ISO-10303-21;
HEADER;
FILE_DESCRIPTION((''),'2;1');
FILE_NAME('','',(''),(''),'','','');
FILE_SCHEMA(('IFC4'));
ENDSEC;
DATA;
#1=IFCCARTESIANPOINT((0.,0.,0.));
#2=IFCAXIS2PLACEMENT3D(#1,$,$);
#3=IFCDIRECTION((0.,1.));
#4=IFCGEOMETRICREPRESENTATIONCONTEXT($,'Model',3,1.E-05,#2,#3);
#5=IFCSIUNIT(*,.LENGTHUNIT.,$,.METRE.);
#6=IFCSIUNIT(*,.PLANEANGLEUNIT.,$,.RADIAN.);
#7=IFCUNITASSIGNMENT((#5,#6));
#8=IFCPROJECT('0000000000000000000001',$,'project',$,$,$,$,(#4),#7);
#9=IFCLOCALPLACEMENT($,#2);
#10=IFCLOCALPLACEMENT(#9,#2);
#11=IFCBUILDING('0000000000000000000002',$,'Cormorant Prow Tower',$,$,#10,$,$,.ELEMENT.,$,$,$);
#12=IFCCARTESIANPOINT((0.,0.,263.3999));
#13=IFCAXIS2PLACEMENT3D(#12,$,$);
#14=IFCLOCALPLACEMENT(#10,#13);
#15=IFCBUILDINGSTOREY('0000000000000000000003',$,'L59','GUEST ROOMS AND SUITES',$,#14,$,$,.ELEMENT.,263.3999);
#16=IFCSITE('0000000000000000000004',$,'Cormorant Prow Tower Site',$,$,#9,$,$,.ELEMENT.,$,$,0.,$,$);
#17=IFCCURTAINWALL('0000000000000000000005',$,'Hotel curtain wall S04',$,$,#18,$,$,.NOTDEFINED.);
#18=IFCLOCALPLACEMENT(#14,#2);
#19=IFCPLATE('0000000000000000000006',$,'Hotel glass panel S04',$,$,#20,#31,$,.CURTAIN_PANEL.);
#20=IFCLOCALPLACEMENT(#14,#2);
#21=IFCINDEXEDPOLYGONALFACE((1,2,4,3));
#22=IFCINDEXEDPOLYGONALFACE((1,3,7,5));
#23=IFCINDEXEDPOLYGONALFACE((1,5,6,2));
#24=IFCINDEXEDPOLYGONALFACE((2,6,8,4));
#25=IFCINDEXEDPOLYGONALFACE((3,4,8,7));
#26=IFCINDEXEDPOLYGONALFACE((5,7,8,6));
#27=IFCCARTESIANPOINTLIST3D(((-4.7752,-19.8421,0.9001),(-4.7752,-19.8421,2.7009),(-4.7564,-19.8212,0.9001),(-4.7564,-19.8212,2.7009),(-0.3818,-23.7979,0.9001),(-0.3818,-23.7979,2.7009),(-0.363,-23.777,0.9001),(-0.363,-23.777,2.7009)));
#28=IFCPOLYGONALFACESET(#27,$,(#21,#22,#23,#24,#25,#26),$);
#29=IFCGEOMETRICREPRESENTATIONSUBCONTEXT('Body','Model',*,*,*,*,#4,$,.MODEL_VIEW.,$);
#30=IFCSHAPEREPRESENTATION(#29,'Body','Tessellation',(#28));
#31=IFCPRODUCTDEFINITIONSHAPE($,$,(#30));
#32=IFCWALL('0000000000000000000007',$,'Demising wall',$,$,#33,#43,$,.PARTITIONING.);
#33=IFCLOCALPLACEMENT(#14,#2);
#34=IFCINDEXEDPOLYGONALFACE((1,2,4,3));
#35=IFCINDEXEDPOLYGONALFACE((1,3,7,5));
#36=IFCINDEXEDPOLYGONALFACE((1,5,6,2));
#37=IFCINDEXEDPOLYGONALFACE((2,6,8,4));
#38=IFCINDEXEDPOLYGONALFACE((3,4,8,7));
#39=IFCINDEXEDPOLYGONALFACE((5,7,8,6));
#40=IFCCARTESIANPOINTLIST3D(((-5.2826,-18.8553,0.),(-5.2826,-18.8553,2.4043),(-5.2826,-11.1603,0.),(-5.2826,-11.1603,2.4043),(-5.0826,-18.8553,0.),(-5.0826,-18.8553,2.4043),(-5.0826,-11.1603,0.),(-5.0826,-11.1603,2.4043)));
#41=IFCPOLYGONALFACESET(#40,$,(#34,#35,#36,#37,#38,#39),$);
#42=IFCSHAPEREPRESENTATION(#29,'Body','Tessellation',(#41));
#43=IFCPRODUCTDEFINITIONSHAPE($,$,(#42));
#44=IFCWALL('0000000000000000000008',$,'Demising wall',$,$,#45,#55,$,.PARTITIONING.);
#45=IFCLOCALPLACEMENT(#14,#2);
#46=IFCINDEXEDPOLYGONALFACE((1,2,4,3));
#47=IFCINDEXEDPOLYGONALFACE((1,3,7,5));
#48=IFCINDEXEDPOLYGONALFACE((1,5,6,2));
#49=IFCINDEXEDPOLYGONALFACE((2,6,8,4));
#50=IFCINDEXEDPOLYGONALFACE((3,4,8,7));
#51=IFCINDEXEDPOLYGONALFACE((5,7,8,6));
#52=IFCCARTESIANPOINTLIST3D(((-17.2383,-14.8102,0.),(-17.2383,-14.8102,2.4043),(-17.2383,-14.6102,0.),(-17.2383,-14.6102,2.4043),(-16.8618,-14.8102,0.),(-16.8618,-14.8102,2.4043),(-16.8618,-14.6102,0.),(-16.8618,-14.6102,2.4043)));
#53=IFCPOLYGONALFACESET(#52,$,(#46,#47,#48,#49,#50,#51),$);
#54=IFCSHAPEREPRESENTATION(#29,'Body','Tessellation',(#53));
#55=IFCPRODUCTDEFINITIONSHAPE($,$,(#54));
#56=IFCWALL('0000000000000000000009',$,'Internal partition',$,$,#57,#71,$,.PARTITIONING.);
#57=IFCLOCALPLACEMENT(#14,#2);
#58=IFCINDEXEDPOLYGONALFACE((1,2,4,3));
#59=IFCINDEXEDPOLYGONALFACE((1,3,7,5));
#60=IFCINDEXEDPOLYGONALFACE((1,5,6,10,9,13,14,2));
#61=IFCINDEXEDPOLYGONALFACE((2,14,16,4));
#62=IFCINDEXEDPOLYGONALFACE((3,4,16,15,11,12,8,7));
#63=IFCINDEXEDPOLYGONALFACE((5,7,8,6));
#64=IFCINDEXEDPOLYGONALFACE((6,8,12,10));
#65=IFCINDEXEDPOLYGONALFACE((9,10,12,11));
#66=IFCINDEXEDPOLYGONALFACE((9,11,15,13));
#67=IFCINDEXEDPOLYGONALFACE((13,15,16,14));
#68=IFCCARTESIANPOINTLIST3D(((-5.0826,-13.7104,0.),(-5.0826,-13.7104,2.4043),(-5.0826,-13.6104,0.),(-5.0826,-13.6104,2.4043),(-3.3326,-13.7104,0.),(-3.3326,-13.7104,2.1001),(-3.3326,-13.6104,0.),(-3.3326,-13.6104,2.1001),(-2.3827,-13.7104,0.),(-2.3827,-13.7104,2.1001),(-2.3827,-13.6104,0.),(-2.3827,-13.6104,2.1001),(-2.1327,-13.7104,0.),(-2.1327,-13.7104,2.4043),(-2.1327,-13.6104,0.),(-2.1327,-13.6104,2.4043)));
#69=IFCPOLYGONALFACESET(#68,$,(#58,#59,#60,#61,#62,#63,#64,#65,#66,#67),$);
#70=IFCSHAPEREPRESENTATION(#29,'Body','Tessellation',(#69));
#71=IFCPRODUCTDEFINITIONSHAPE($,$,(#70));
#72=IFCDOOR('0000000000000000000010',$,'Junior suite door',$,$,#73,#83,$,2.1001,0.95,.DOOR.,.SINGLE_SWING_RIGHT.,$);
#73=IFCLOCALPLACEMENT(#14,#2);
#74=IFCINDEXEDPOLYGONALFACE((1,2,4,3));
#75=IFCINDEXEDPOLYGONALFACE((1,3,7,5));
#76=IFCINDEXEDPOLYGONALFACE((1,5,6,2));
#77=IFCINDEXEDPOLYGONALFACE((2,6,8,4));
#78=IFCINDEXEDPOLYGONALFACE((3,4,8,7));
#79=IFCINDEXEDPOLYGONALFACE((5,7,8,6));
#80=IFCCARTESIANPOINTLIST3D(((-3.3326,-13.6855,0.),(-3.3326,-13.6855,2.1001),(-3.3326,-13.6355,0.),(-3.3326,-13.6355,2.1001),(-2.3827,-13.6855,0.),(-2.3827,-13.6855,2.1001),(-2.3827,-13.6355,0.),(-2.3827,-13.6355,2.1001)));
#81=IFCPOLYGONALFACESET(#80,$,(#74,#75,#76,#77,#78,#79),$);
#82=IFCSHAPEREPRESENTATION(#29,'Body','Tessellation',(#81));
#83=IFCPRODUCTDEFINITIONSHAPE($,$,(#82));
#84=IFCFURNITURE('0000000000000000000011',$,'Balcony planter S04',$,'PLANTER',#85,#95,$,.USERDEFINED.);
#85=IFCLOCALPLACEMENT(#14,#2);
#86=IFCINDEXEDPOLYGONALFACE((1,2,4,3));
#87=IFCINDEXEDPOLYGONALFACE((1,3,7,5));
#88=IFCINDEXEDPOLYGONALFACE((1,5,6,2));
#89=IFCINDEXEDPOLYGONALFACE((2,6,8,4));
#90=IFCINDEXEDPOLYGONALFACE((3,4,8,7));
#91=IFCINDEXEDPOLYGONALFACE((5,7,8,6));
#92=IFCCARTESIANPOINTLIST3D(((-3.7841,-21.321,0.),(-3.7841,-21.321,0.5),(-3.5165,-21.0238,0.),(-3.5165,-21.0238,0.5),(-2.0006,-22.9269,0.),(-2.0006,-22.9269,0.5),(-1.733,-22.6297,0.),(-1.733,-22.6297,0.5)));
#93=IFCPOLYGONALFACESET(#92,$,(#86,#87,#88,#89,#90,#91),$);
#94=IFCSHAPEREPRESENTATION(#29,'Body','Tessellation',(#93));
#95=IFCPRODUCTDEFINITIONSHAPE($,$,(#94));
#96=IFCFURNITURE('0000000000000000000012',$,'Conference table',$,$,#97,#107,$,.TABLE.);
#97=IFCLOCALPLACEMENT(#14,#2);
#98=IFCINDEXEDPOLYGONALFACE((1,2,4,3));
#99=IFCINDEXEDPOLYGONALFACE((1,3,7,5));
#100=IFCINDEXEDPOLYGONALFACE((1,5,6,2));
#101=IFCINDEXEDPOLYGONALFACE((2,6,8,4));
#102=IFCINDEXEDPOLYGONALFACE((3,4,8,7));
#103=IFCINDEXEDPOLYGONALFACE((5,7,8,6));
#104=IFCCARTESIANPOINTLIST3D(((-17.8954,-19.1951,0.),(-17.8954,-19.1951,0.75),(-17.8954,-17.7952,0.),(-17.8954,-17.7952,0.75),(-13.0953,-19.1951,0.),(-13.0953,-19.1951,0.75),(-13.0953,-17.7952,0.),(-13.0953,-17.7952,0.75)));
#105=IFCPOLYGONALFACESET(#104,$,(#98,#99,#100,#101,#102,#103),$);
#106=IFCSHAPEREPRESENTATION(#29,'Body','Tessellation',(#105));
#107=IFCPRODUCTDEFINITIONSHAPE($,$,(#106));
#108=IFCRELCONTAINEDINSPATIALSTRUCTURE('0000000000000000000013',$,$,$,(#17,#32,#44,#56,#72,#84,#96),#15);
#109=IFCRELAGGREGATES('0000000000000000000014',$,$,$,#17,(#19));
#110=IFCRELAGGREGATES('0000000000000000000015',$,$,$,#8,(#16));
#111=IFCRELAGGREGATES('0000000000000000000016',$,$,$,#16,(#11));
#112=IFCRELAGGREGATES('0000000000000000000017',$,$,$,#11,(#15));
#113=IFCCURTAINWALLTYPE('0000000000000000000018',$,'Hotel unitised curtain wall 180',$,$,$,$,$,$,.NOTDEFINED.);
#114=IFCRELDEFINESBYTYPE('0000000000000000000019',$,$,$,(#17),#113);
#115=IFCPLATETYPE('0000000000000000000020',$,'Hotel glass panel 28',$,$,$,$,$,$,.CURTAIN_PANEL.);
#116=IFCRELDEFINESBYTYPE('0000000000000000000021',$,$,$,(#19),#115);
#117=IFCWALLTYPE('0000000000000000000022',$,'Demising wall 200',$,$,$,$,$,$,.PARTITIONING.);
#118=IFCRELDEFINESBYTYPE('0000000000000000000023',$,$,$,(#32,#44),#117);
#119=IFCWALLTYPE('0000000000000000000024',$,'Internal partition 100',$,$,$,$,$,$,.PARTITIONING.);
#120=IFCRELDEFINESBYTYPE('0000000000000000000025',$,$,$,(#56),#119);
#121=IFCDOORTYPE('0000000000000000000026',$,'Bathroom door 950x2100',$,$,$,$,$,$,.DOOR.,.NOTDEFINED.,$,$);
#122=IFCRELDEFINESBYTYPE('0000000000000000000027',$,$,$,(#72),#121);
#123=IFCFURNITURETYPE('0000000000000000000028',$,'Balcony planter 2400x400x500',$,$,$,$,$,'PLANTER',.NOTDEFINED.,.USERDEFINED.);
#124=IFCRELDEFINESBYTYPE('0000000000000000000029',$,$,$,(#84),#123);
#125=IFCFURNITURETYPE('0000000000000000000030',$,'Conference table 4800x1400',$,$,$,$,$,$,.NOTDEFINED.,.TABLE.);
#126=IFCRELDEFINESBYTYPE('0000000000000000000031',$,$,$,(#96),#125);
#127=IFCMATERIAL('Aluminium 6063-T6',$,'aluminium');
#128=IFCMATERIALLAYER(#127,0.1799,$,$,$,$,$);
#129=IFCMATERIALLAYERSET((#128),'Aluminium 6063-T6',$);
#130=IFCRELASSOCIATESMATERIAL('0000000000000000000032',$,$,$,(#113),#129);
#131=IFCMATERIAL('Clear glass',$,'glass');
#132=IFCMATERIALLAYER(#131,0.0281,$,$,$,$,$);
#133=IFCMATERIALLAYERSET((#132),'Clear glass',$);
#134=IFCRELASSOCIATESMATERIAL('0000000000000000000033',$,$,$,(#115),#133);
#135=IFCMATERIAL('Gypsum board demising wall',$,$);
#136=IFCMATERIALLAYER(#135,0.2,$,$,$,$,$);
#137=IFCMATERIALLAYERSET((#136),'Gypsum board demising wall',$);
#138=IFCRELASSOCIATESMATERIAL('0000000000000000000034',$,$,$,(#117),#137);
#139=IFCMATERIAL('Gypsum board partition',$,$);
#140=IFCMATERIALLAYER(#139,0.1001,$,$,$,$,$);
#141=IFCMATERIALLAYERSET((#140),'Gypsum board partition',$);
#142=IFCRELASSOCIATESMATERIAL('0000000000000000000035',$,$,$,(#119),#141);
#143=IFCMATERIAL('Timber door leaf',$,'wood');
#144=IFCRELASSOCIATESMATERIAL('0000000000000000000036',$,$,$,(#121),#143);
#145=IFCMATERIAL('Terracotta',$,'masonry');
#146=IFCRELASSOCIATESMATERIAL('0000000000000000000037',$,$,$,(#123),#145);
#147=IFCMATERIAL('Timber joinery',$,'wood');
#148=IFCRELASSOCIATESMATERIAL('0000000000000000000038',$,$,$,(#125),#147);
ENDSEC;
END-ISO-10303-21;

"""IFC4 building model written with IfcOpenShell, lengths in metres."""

from ifc_helpers import new_model, si_unit, direction, frame, frame_2d, origin, origin_2d, place, context, subcontext, project, spatial, rectangle, extrude, material, layer, layer_set, type_object, element, fill, aggregate, save


model = new_model("IFC4")

# Units and contexts
model_context = context("Model", 3, precision=1e-05, world=origin(), true_north=direction((0.0, 1.0)))
body_context = subcontext(model_context, "Body", "Model", "MODEL_VIEW")
ifc_project = project(units=[si_unit("LENGTHUNIT", "METRE"), si_unit("PLANEANGLEUNIT", "RADIAN")], contexts=[model_context])

# Site, building, storey
site_placement = place(None, origin())
site = spatial("IfcSite", under=ifc_project, at=site_placement, Name="Cormorant Prow Tower Site", CompositionType="ELEMENT", RefElevation=0.0)
building_placement = place(site_placement, origin())
building = spatial("IfcBuilding", under=site, at=building_placement, Name="Cormorant Prow Tower", CompositionType="ELEMENT")
storey_placement = place(building_placement, frame((0.0, 0.0, 263.3999)))
storey = spatial("IfcBuildingStorey", under=building, at=storey_placement, Name="L59", Description="GUEST ROOMS AND SUITES", CompositionType="ELEMENT", Elevation=263.3999)

# Curtain wall
ifc_material_1 = material(Name="Aluminium 6063-T6", Category="aluminium")
ifc_layer_1 = layer(ifc_material_1, 0.1799)
ifc_layer_set_1 = layer_set([ifc_layer_1], Name="Aluminium 6063-T6")
curtain_wall_type = type_object("IfcCurtainWallType", Name="Hotel unitised curtain wall 180", PredefinedType="NOTDEFINED", material=ifc_layer_set_1)
curtain_wall_1_placement = place(storey_placement, origin())
curtain_wall_1 = element("IfcCurtainWall", 1, at=curtain_wall_1_placement, inside=storey, type_object=curtain_wall_type, Name="Hotel curtain wall S04", PredefinedType="NOTDEFINED")

# Plate
ifc_material_2 = material(Name="Clear glass", Category="glass")
ifc_layer_2 = layer(ifc_material_2, 0.0281)
ifc_layer_set_2 = layer_set([ifc_layer_2], Name="Clear glass")
plate_type = type_object("IfcPlateType", Name="Hotel glass panel 28", PredefinedType="CURTAIN_PANEL", material=ifc_layer_set_2)
plate_1_placement = place(storey_placement, frame((-2.5691, -21.8096, 0.9001), z_axis=(0.0, 0.0, 1.0), x_axis=(0.743145, -0.669131, 0.0)))
plate_1 = element("IfcPlate", 2, at=plate_1_placement, type_object=plate_type, Name="Hotel glass panel S04", PredefinedType="CURTAIN_PANEL", context=body_context, shape_type="SweptSolid", body=[
    extrude(rectangle(XDim=5.9119, YDim=0.0281, at=origin_2d()), origin(), (0.0, 0.0, 1.0), 1.8008),
])
aggregate(curtain_wall_1, [plate_1])

# Walls
ifc_material_3 = material(Name="Gypsum board demising wall")
ifc_layer_3 = layer(ifc_material_3, 0.2)
ifc_layer_set_3 = layer_set([ifc_layer_3], Name="Gypsum board demising wall")
wall_type_1 = type_object("IfcWallType", Name="Demising wall 200", PredefinedType="PARTITIONING", material=ifc_layer_set_3)
wall_1_placement = place(storey_placement, frame((-5.1826, -18.8555, 0.0), z_axis=(0.0, 0.0, 1.0), x_axis=(0.0, 1.0, 0.0)))
element("IfcWall", 3, at=wall_1_placement, inside=storey, type_object=wall_type_1, Name="Demising wall", PredefinedType="PARTITIONING", context=body_context, shape_type="SweptSolid", body=[
    extrude(rectangle(XDim=7.6951, YDim=0.2, at=frame_2d((3.8477, 0.0))), origin(), (0.0, 0.0, 1.0), 2.4043),
])
wall_2_placement = place(storey_placement, frame((-17.2383, -14.7102, 0.0), z_axis=(0.0, 0.0, 1.0), x_axis=(1.0, 0.0, 0.0)))
element("IfcWall", 4, at=wall_2_placement, inside=storey, type_object=wall_type_1, Name="Demising wall", PredefinedType="PARTITIONING", context=body_context, shape_type="SweptSolid", body=[
    extrude(rectangle(XDim=0.3765, YDim=0.2, at=frame_2d((0.1882, 0.0))), origin(), (0.0, 0.0, 1.0), 2.4043),
])

# Wall, opening, door
ifc_material_4 = material(Name="Gypsum board partition")
ifc_layer_4 = layer(ifc_material_4, 0.1001)
ifc_layer_set_4 = layer_set([ifc_layer_4], Name="Gypsum board partition")
wall_type_2 = type_object("IfcWallType", Name="Internal partition 100", PredefinedType="PARTITIONING", material=ifc_layer_set_4)
wall_3_placement = place(storey_placement, frame((-5.0828, -13.6604, 0.0), z_axis=(0.0, 0.0, 1.0), x_axis=(1.0, 0.0, 0.0)))
wall_3 = element("IfcWall", 5, at=wall_3_placement, inside=storey, type_object=wall_type_2, Name="Internal partition", PredefinedType="PARTITIONING", context=body_context, shape_type="SweptSolid", body=[
    extrude(rectangle(XDim=2.95, YDim=0.1001, at=frame_2d((1.4751, 0.0))), origin(), (0.0, 0.0, 1.0), 2.4043),
])
opening_1_placement = place(wall_3_placement, frame((1.75, 0.0, 0.0)))
opening_1 = element("IfcOpeningElement", 6, at=opening_1_placement, cuts=wall_3, PredefinedType="OPENING", context=body_context, shape_type="SweptSolid", body=[
    extrude(rectangle(XDim=0.95, YDim=2.1001, at=frame_2d((0.4751, 1.05))), frame((0.0, 0.0601, 0.0), z_axis=(0.0, -1.0, 0.0), x_axis=(1.0, 0.0, 0.0)), (0.0, 0.0, 1.0), 0.1201),
])
ifc_material_5 = material(Name="Timber door leaf", Category="wood")
door_type_1 = type_object("IfcDoorType", Name="Bathroom door 950x2100", OperationType="NOTDEFINED", PredefinedType="DOOR", material=ifc_material_5)
door_1_placement = place(opening_1_placement, origin())
door_1 = element("IfcDoor", 7, at=door_1_placement, inside=storey, type_object=door_type_1, Name="Junior suite door", OperationType="SINGLE_SWING_RIGHT", OverallHeight=2.1001, OverallWidth=0.95, PredefinedType="DOOR", context=body_context, shape_type="SweptSolid", body=[
    extrude(rectangle(XDim=0.95, YDim=2.1001, at=frame_2d((0.4751, 1.05))), frame((0.0, 0.0249, 0.0), z_axis=(0.0, -1.0, 0.0), x_axis=(1.0, 0.0, 0.0)), (0.0, 0.0, 1.0), 0.05),
])
fill(opening_1, door_1)

# Furniture
ifc_material_6 = material(Name="Terracotta", Category="masonry")
furniture_type_1 = type_object("IfcFurnitureType", Name="Balcony planter 2400x400x500", ElementType="PLANTER", AssemblyPlace="NOTDEFINED", PredefinedType="USERDEFINED", material=ifc_material_6)
furniture_1_placement = place(storey_placement, frame((-2.7585, -21.9753, 0.0), z_axis=(0.0, 0.0, 1.0), x_axis=(0.743145, -0.669131, 0.0)))
element("IfcFurniture", 8, at=furniture_1_placement, inside=storey, type_object=furniture_type_1, Name="Balcony planter S04", ObjectType="PLANTER", PredefinedType="USERDEFINED", context=body_context, shape_type="SweptSolid", body=[
    extrude(rectangle(XDim=2.3999, YDim=0.3999, at=origin_2d()), origin(), (0.0, 0.0, 1.0), 0.5),
])
ifc_material_7 = material(Name="Timber joinery", Category="wood")
furniture_type_2 = type_object("IfcFurnitureType", Name="Conference table 4800x1400", AssemblyPlace="NOTDEFINED", PredefinedType="TABLE", material=ifc_material_7)
furniture_2_placement = place(storey_placement, frame((-15.4954, -18.4951, 0.0), z_axis=(0.0, 0.0, 1.0), x_axis=(1.0, 0.0, 0.0)))
element("IfcFurniture", 9, at=furniture_2_placement, inside=storey, type_object=furniture_type_2, Name="Conference table", PredefinedType="TABLE", context=body_context, shape_type="SweptSolid", body=[
    extrude(rectangle(XDim=4.8, YDim=1.3999, at=origin_2d()), origin(), (0.0, 0.0, 1.0), 0.75),
])

save(model, "model.ifc")
